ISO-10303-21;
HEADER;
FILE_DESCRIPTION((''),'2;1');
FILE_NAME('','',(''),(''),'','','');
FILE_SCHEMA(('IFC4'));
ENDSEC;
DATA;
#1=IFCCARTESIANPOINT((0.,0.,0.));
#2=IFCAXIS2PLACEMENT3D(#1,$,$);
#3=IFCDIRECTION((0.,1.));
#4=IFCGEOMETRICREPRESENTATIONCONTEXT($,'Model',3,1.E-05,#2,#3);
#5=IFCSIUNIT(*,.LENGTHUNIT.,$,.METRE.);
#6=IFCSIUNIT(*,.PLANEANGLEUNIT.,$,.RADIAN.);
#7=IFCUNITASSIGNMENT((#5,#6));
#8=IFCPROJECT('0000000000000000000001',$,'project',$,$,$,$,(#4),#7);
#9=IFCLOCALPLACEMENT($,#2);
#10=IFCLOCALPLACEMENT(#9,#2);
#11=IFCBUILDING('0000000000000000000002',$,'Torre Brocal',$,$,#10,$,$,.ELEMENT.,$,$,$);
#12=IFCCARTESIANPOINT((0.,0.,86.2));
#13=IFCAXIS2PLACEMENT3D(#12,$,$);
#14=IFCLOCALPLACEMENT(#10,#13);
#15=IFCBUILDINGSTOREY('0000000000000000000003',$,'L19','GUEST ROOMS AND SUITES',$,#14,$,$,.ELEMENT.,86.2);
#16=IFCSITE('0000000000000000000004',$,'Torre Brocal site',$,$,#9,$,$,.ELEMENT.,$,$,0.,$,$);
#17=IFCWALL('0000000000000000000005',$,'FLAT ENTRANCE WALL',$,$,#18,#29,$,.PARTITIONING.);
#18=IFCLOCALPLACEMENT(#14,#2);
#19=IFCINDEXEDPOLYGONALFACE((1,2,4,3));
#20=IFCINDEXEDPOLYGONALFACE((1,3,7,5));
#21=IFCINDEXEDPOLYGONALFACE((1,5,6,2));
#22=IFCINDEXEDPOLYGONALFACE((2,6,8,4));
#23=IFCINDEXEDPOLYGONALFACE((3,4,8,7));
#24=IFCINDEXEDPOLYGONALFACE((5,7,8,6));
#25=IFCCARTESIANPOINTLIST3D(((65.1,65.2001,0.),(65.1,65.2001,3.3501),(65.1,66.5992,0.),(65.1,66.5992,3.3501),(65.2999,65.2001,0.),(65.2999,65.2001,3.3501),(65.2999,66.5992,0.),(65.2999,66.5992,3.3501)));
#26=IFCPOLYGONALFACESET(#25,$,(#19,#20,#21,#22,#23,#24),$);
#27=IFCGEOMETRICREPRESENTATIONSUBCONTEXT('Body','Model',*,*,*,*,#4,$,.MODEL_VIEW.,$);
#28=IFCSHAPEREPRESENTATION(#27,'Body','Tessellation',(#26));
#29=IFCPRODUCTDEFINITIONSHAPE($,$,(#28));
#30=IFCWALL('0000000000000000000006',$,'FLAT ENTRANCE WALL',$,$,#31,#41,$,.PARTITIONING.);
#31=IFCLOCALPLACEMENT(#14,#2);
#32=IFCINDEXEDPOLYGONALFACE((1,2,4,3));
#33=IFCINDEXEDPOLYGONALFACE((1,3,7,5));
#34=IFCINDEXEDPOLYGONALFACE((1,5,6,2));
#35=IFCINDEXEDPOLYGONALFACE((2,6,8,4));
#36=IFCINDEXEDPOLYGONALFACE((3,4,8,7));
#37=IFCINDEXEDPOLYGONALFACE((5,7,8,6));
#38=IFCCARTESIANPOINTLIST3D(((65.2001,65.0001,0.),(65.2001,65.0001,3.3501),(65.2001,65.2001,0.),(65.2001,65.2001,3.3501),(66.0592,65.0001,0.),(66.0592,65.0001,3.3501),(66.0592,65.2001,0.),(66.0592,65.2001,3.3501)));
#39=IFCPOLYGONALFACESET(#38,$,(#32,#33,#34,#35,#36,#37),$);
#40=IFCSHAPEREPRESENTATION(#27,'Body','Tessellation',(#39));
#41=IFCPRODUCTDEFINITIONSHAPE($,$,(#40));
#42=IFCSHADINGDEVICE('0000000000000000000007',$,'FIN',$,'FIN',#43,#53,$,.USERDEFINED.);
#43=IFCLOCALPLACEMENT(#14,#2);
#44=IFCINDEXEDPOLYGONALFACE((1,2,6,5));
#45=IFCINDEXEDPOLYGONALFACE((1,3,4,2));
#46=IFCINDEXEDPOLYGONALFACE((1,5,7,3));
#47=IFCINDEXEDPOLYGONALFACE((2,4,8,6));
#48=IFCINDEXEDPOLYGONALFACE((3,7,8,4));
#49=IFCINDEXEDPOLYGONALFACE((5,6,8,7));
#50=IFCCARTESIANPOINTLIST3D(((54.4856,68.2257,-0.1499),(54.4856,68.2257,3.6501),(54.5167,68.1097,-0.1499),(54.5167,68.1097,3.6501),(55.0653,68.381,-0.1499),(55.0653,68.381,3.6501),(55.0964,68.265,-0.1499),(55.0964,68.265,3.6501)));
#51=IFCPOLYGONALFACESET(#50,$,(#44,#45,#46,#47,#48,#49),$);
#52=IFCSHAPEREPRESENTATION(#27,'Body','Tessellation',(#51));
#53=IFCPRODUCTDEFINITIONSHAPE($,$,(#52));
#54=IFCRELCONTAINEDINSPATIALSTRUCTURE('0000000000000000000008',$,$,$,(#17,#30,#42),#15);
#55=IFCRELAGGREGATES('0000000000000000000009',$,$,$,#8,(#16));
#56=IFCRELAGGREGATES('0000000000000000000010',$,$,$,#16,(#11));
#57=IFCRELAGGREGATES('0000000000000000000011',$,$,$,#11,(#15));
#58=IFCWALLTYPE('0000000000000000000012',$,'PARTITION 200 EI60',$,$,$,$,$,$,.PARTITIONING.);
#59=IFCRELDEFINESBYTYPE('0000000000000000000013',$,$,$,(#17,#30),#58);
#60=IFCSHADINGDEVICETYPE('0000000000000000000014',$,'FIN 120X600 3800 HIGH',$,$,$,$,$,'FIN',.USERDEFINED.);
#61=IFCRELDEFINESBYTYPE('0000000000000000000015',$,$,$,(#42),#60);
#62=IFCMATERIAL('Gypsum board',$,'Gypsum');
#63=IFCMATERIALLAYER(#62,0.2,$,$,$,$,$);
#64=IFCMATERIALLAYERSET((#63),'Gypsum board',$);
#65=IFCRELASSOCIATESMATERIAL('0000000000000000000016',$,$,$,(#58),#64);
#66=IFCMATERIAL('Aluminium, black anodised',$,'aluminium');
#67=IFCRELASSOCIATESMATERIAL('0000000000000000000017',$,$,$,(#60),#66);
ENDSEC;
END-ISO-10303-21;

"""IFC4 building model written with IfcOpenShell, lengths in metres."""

from ifc_helpers import new_model, si_unit, direction, frame, frame_2d, origin, origin_2d, place, context, subcontext, project, spatial, rectangle, extrude, material, layer, layer_set, material_profile, profile_set, type_object, element, save


model = new_model("IFC4")

# Units and contexts
model_context = context("Model", 3, precision=1e-05, world=origin(), true_north=direction((0.0, 1.0)))
body_context = subcontext(model_context, "Body", "Model", "MODEL_VIEW")
ifc_project = project(units=[si_unit("LENGTHUNIT", "METRE"), si_unit("PLANEANGLEUNIT", "RADIAN")], contexts=[model_context])

# Site, building, storey
site_placement = place(None, origin())
site = spatial("IfcSite", under=ifc_project, at=site_placement, Name="Torre Brocal site", CompositionType="ELEMENT", RefElevation=0.0)
building_placement = place(site_placement, origin())
building = spatial("IfcBuilding", under=site, at=building_placement, Name="Torre Brocal", CompositionType="ELEMENT")
storey_placement = place(building_placement, frame((0.0, 0.0, 86.2)))
storey = spatial("IfcBuildingStorey", under=building, at=storey_placement, Name="L19", Description="GUEST ROOMS AND SUITES", CompositionType="ELEMENT", Elevation=86.2)

# Walls
ifc_material_1 = material(Name="Gypsum board", Category="Gypsum")
ifc_layer_1 = layer(ifc_material_1, 0.2)
ifc_layer_set_1 = layer_set([ifc_layer_1], Name="Gypsum board")
wall_type_1 = type_object("IfcWallType", Name="PARTITION 200 EI60", PredefinedType="PARTITIONING", material=ifc_layer_set_1)
wall_1_placement = place(storey_placement, frame((65.2, 65.2, 0.0), z_axis=(0.0, 0.0, 1.0), x_axis=(0.0, 1.0, 0.0)))
element("IfcWall", 1, at=wall_1_placement, inside=storey, type_object=wall_type_1, Name="FLAT ENTRANCE WALL", PredefinedType="PARTITIONING", context=body_context, shape_type="SweptSolid", body=[
    extrude(rectangle(XDim=1.3992, YDim=0.2, at=frame_2d((0.6997, 0.0))), origin(), (0.0, 0.0, 1.0), 3.3501),
])
wall_2_placement = place(storey_placement, frame((65.2, 65.1001, 0.0), z_axis=(0.0, 0.0, 1.0), x_axis=(1.0, 0.0, 0.0)))
element("IfcWall", 2, at=wall_2_placement, inside=storey, type_object=wall_type_1, Name="FLAT ENTRANCE WALL", PredefinedType="PARTITIONING", context=body_context, shape_type="SweptSolid", body=[
    extrude(rectangle(XDim=0.8591, YDim=0.2, at=frame_2d((0.4297, 0.0))), origin(), (0.0, 0.0, 1.0), 3.3501),
])

# Shading device
ifc_material_2 = material(Name="Aluminium, black anodised", Category="aluminium")
ifc_material_profile_1 = material_profile(ifc_material_2, rectangle(XDim=0.1201, YDim=0.6001, at=origin_2d()), Name="FIN 120X600 3800 HIGH")
ifc_profile_set_1 = profile_set([ifc_material_profile_1], Name="Aluminium, black anodised")
shading_device_type = type_object("IfcShadingDeviceType", Name="FIN 120X600 3800 HIGH", ElementType="FIN", PredefinedType="USERDEFINED", material=ifc_profile_set_1)
shading_device_placement = place(storey_placement, frame((54.791, 68.2454, -0.1499), z_axis=(0.0, 0.0, 1.0), x_axis=(0.258819, -0.965926, 0.0)))
element("IfcShadingDevice", 3, at=shading_device_placement, inside=storey, type_object=shading_device_type, Name="FIN", ObjectType="FIN", PredefinedType="USERDEFINED", context=body_context, shape_type="SweptSolid", body=[
    extrude(rectangle(XDim=0.1201, YDim=0.6001, at=origin_2d()), origin(), (0.0, 0.0, 1.0), 3.8),
])

save(model, "model.ifc")
